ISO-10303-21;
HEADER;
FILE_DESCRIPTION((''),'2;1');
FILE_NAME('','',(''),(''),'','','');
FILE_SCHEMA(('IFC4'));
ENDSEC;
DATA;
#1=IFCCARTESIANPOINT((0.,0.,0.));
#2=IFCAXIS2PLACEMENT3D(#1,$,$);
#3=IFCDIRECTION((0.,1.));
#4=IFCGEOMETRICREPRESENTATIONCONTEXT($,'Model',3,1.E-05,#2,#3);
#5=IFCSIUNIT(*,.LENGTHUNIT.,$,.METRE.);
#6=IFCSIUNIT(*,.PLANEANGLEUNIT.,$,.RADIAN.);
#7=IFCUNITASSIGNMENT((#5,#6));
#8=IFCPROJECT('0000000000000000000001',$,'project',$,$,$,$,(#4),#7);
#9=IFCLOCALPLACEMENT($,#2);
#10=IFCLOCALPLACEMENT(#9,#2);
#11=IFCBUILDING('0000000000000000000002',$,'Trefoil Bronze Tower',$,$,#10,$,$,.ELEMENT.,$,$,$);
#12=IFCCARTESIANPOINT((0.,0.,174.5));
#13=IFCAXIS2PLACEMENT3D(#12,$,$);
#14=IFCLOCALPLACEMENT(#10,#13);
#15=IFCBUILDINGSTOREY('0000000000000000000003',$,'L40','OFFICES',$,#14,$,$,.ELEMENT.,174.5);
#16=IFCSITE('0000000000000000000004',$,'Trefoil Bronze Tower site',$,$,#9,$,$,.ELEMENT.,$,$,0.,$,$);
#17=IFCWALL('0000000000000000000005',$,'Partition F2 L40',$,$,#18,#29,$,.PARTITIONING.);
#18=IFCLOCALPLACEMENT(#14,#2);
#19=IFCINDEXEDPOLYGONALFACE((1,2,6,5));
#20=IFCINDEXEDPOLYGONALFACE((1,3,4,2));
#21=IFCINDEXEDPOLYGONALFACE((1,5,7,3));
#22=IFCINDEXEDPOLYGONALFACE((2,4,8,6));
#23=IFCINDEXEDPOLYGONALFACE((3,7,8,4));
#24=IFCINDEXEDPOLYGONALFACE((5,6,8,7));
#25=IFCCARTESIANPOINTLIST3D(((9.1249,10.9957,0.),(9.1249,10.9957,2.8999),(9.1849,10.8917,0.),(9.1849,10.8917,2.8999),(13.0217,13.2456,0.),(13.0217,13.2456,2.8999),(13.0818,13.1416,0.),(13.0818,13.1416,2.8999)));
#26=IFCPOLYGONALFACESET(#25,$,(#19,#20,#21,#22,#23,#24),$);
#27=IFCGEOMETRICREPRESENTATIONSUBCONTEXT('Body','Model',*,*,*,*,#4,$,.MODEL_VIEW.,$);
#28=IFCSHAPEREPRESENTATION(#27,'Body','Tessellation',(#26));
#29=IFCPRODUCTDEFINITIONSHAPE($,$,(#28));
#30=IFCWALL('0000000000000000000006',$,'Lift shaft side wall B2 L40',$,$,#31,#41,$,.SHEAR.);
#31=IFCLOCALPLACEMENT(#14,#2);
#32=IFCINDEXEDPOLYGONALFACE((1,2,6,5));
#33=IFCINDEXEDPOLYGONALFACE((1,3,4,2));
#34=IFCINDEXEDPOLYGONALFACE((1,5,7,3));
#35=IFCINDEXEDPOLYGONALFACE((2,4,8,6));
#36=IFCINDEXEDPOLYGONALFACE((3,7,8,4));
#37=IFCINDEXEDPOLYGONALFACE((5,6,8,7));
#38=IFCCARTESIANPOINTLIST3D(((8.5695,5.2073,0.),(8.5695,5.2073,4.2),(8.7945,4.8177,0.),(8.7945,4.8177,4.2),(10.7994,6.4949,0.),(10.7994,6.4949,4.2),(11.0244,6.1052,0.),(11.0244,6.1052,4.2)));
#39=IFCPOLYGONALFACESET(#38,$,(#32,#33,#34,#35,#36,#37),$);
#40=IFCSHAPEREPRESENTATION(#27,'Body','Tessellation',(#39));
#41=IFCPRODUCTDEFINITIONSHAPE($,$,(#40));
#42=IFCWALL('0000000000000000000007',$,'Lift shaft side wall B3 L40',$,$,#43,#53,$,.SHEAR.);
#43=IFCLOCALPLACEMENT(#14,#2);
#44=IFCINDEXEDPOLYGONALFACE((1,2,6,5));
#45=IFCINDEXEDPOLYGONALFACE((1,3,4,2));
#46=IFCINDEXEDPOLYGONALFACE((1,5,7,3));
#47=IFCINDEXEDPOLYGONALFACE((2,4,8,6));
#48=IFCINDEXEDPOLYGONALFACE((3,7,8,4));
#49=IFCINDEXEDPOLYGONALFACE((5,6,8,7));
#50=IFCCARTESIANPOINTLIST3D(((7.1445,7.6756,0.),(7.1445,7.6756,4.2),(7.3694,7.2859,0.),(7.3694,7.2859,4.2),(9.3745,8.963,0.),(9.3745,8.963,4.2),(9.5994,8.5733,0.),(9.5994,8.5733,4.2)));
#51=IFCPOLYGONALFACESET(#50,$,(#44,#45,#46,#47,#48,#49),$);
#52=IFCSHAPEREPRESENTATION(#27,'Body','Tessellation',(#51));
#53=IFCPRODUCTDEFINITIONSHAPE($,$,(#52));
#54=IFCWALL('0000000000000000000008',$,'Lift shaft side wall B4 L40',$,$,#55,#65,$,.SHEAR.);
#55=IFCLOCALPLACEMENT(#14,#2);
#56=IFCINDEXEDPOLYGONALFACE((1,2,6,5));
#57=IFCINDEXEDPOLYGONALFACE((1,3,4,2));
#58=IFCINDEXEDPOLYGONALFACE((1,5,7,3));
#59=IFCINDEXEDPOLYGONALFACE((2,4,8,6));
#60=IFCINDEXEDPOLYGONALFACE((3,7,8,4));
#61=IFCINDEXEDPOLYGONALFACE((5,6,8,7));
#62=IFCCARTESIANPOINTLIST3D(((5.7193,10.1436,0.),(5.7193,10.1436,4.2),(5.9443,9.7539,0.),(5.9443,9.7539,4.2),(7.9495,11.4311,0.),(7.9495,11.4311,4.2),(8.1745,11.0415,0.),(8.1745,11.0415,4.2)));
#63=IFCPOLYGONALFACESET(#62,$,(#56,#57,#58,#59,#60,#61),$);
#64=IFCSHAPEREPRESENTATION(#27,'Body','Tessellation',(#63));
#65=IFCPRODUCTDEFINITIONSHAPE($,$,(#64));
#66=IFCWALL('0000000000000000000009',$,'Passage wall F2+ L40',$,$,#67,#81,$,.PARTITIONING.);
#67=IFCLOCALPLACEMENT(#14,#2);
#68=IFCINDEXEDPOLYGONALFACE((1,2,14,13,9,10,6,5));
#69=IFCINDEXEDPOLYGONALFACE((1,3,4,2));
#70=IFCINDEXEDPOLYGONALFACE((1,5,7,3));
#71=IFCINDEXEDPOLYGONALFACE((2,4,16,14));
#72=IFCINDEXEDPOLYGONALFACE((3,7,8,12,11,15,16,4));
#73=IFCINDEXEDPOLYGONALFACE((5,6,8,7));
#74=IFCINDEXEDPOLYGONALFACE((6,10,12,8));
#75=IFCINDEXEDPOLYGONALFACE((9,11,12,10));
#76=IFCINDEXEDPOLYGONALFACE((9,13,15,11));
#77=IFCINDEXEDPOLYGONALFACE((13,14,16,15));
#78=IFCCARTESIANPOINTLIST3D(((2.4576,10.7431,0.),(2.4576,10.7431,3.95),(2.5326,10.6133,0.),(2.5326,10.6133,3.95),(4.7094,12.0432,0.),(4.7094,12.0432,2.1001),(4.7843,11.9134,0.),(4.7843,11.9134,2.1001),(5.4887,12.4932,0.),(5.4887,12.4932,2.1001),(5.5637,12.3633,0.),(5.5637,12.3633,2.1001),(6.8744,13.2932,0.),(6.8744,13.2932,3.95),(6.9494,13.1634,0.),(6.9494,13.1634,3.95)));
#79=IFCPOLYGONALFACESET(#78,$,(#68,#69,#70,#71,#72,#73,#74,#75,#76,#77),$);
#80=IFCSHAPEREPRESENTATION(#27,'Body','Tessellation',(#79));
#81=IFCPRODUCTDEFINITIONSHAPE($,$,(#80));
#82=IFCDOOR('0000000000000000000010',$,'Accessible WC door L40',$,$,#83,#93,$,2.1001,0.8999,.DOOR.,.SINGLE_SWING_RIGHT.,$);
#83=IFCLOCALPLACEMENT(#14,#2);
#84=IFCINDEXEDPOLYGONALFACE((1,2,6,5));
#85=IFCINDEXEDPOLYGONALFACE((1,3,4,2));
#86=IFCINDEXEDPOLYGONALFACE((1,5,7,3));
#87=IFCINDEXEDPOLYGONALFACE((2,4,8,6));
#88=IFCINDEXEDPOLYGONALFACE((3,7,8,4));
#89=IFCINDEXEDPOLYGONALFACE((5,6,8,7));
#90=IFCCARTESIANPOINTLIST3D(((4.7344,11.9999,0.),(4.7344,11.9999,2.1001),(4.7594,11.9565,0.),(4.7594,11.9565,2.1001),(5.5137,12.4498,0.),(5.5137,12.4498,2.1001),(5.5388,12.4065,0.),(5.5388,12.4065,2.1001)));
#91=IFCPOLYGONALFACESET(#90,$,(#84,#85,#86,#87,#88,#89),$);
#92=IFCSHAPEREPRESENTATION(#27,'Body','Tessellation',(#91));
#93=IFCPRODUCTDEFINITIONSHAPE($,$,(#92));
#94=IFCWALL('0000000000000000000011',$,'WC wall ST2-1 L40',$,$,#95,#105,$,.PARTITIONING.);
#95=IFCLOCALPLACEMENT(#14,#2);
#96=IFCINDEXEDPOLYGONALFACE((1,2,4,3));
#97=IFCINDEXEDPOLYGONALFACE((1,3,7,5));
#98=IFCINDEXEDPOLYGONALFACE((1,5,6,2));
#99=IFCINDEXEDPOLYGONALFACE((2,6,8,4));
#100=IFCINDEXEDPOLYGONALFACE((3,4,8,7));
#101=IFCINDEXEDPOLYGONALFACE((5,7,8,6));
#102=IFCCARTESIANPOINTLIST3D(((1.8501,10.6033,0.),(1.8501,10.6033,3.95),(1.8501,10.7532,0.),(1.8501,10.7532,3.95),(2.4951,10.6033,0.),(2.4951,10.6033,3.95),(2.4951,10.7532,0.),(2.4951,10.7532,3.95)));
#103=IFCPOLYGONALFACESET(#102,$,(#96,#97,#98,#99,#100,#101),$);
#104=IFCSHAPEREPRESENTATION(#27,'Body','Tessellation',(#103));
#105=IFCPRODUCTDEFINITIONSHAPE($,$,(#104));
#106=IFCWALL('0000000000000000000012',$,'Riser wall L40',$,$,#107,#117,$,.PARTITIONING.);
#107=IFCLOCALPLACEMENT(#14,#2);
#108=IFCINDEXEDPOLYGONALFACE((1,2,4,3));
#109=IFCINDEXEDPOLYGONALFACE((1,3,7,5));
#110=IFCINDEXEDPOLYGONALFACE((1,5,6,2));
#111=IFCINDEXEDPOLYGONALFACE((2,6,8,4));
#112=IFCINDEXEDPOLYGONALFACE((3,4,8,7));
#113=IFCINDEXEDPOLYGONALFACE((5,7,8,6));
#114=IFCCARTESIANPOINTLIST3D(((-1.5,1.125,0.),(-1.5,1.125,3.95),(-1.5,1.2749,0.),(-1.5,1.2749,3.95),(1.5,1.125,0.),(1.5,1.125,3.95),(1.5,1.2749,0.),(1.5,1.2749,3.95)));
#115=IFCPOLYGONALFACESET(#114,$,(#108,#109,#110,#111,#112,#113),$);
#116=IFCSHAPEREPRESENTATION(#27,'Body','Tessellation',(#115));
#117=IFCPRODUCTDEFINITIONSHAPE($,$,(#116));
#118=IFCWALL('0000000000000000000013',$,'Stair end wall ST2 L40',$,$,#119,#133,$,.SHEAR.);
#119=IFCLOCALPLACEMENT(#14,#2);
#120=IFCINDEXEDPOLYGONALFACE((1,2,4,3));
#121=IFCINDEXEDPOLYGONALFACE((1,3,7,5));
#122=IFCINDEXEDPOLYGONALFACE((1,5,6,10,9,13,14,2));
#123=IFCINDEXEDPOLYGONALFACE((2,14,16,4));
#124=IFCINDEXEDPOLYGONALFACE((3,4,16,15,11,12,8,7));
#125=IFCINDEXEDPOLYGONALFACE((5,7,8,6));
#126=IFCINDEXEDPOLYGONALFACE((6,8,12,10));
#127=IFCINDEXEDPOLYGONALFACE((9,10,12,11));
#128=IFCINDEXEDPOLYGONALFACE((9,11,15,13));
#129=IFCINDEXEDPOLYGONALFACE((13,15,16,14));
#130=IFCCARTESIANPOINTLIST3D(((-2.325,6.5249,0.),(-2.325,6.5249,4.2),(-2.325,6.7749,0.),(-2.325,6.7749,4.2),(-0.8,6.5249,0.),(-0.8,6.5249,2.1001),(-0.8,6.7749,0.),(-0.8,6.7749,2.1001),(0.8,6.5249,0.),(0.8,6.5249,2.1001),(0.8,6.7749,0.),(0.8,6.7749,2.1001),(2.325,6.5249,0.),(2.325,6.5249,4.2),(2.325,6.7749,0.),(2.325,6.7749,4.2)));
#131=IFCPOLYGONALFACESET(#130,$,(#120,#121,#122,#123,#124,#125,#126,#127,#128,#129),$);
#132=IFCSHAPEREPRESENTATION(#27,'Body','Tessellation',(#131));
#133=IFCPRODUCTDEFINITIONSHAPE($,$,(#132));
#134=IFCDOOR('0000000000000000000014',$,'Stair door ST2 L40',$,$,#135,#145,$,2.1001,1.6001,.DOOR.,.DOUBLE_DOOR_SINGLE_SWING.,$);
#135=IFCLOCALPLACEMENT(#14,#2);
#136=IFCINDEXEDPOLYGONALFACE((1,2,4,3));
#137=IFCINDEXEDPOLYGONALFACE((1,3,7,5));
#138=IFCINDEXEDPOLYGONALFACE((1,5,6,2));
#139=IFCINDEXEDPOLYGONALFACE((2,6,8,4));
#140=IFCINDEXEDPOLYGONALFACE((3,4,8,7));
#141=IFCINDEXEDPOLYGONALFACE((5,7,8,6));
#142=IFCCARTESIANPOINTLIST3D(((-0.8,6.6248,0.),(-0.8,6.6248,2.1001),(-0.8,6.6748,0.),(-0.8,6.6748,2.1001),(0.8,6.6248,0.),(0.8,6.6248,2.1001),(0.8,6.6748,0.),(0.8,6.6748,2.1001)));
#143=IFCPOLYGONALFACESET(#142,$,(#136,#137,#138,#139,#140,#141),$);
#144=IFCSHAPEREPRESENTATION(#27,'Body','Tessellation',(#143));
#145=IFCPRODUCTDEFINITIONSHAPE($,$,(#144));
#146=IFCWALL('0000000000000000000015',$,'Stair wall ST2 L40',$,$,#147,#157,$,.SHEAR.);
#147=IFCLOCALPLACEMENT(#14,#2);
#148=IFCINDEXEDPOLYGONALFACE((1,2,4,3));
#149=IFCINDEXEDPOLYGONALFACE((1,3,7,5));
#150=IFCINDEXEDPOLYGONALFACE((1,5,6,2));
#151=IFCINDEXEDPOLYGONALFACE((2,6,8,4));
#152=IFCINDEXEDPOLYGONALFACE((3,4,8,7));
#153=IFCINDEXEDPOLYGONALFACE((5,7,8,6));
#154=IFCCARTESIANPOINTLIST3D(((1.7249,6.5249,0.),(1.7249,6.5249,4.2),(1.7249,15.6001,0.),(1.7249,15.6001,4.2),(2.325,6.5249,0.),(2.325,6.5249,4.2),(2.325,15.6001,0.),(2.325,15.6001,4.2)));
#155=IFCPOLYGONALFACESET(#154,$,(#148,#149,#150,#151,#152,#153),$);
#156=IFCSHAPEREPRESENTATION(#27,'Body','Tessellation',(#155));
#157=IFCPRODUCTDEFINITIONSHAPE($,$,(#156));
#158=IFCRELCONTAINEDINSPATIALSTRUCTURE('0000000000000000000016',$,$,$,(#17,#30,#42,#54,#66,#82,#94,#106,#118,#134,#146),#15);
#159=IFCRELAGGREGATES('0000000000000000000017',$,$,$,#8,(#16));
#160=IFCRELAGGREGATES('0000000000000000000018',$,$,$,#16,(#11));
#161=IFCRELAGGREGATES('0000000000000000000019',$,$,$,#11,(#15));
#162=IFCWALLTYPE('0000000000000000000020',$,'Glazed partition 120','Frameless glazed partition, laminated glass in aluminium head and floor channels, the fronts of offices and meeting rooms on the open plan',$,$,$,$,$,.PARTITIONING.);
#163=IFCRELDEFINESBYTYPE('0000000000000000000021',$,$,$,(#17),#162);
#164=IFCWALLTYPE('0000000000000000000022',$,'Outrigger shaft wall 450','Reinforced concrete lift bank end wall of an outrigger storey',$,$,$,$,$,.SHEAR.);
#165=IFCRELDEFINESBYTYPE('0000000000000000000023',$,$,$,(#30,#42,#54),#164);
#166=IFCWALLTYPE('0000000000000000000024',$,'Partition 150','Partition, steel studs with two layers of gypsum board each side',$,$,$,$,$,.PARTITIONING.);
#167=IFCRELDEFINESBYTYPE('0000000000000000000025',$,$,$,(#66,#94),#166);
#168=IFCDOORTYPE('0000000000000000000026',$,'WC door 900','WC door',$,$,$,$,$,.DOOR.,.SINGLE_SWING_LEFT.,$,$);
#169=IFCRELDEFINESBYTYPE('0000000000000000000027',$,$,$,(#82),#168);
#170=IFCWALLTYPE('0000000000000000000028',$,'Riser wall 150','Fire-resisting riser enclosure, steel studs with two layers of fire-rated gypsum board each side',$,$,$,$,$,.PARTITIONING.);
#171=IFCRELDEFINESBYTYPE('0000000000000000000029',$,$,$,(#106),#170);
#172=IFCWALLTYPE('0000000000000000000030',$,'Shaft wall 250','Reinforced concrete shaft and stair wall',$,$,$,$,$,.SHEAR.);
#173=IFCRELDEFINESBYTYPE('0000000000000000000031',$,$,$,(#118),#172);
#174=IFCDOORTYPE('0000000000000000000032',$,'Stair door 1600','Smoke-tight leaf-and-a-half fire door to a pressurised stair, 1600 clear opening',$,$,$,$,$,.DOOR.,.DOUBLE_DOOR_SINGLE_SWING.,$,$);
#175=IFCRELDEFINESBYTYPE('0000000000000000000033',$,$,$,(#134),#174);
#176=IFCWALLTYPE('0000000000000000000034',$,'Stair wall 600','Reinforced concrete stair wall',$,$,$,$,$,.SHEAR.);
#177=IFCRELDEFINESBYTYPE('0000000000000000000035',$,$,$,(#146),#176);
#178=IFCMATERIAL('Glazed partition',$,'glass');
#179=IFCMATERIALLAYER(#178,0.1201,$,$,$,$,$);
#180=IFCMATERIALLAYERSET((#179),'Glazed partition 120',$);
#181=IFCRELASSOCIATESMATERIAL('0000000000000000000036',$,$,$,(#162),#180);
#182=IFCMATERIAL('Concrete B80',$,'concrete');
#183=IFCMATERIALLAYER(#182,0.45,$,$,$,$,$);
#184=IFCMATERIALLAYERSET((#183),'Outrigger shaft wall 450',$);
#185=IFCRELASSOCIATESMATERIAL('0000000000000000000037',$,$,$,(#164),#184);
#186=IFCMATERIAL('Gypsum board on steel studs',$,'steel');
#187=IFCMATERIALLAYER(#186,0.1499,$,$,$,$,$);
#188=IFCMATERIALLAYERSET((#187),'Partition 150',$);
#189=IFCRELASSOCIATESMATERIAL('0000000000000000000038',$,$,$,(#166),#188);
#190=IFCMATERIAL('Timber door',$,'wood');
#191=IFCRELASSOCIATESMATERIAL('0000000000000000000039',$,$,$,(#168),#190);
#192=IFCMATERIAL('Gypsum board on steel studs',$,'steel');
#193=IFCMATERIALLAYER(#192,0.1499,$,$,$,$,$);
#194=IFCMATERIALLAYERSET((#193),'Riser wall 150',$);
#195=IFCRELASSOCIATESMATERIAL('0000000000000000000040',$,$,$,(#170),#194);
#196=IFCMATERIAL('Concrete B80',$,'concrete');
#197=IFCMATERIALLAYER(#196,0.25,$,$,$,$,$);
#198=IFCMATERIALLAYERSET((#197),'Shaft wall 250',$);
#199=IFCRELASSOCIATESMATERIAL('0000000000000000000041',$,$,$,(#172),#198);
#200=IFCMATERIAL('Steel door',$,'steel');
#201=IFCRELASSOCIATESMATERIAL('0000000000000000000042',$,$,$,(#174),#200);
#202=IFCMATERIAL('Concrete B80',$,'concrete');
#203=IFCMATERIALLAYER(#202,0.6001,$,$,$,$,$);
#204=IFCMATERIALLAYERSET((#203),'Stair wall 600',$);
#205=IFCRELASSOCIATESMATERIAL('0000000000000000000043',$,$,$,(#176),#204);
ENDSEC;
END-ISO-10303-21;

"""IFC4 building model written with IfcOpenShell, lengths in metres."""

from ifc_helpers import new_model, si_unit, direction, frame, frame_2d, origin, place, context, subcontext, project, spatial, rectangle, extrude, material, layer, layer_set, type_object, element, fill, save


model = new_model("IFC4")

# Units and contexts
model_context = context("Model", 3, precision=1e-05, world=origin(), true_north=direction((0.0, 1.0)))
body_context = subcontext(model_context, "Body", "Model", "MODEL_VIEW")
ifc_project = project(units=[si_unit("LENGTHUNIT", "METRE"), si_unit("PLANEANGLEUNIT", "RADIAN")], contexts=[model_context])

# Site, building, storey
site_placement = place(None, origin())
site = spatial("IfcSite", under=ifc_project, at=site_placement, Name="Trefoil Bronze Tower site", CompositionType="ELEMENT", RefElevation=0.0)
building_placement = place(site_placement, origin())
building = spatial("IfcBuilding", under=site, at=building_placement, Name="Trefoil Bronze Tower", CompositionType="ELEMENT")
storey_placement = place(building_placement, frame((0.0, 0.0, 174.5)))
storey = spatial("IfcBuildingStorey", under=building, at=storey_placement, Name="L40", Description="OFFICES", CompositionType="ELEMENT", Elevation=174.5)

# Walls
ifc_material_1 = material(Name="Glazed partition", Category="glass")
ifc_layer_1 = layer(ifc_material_1, 0.1201)
ifc_layer_set_1 = layer_set([ifc_layer_1], Name="Glazed partition 120")
wall_type_1 = type_object("IfcWallType", Name="Glazed partition 120", Description="Frameless glazed partition, laminated glass in aluminium head and floor channels, the fronts of offices and meeting rooms on the open plan", PredefinedType="PARTITIONING", material=ifc_layer_set_1)
wall_1_placement = place(storey_placement, frame((9.1548, 10.9436, 0.0), z_axis=(0.0, 0.0, 1.0), x_axis=(0.866018, 0.500014, 0.0)))
element("IfcWall", 1, at=wall_1_placement, inside=storey, type_object=wall_type_1, Name="Partition F2 L40", PredefinedType="PARTITIONING", context=body_context, shape_type="SweptSolid", body=[
    extrude(rectangle(XDim=4.4998, YDim=0.1201, at=frame_2d((2.25, 0.0))), origin(), (0.0, 0.0, 1.0), 2.8999),
])
ifc_material_2 = material(Name="Concrete B80", Category="concrete")
ifc_layer_2 = layer(ifc_material_2, 0.45)
ifc_layer_set_2 = layer_set([ifc_layer_2], Name="Outrigger shaft wall 450")
wall_type_2 = type_object("IfcWallType", Name="Outrigger shaft wall 450", Description="Reinforced concrete lift bank end wall of an outrigger storey", PredefinedType="SHEAR", material=ifc_layer_set_2)
for number, where, z_axis, x_axis, name in (
    (2, (8.6819, 5.0125, 0.0), (0.0, 0.0, 1.0), (0.866006, 0.500034, 0.0), "Lift shaft side wall B2 L40"),
    (3, (7.2568, 7.4807, 0.0), (0.0, 0.0, 1.0), (0.866047, 0.499963, 0.0), "Lift shaft side wall B3 L40"),
):
    element("IfcWall", number, at=place(storey_placement, frame(where, z_axis=z_axis, x_axis=x_axis)), inside=storey, type_object=wall_type_2, Name=name, PredefinedType="SHEAR", context=body_context, shape_type="SweptSolid", body=[
        extrude(rectangle(XDim=2.575, YDim=0.45, at=frame_2d((1.2876, 0.0))), origin(), (0.0, 0.0, 1.0), 4.2),
    ])
wall_2_placement = place(storey_placement, frame((5.8318, 9.9487, 0.0), z_axis=(0.0, 0.0, 1.0), x_axis=(0.866029, 0.499993, 0.0)))
element("IfcWall", 4, at=wall_2_placement, inside=storey, type_object=wall_type_2, Name="Lift shaft side wall B4 L40", PredefinedType="SHEAR", context=body_context, shape_type="SweptSolid", body=[
    extrude(rectangle(XDim=2.5752, YDim=0.45, at=frame_2d((1.2876, 0.0))), origin(), (0.0, 0.0, 1.0), 4.2),
])

# Wall, opening, door
ifc_material_3 = material(Name="Gypsum board on steel studs", Category="steel")
ifc_layer_3 = layer(ifc_material_3, 0.1499)
ifc_layer_set_3 = layer_set([ifc_layer_3], Name="Partition 150")
wall_type_3 = type_object("IfcWallType", Name="Partition 150", Description="Partition, steel studs with two layers of gypsum board each side", PredefinedType="PARTITIONING", material=ifc_layer_set_3)
wall_3_placement = place(storey_placement, frame((2.4951, 10.6782, 0.0), z_axis=(0.0, 0.0, 1.0), x_axis=(0.866022, 0.500006, 0.0)))
wall_3 = element("IfcWall", 5, at=wall_3_placement, inside=storey, type_object=wall_type_3, Name="Passage wall F2+ L40", PredefinedType="PARTITIONING", context=body_context, shape_type="SweptSolid", body=[
    extrude(rectangle(XDim=5.1001, YDim=0.1499, at=frame_2d((2.55, 0.0))), origin(), (0.0, 0.0, 1.0), 3.95),
])
opening_1_placement = place(wall_3_placement, frame((2.6001, 0.0, 0.0)))
opening_1 = element("IfcOpeningElement", 6, at=opening_1_placement, cuts=wall_3, PredefinedType="OPENING", context=body_context, shape_type="SweptSolid", body=[
    extrude(rectangle(XDim=0.8999, YDim=2.1001, at=frame_2d((0.45, 1.05))), frame((0.0, 0.085, 0.0), z_axis=(0.0, -1.0, 0.0), x_axis=(1.0, 0.0, 0.0)), (0.0, 0.0, 1.0), 0.1699),
])
ifc_material_4 = material(Name="Timber door", Category="wood")
door_type_1 = type_object("IfcDoorType", Name="WC door 900", Description="WC door", OperationType="SINGLE_SWING_LEFT", PredefinedType="DOOR", material=ifc_material_4)
door_1_placement = place(opening_1_placement, origin())
door_1 = element("IfcDoor", 7, at=door_1_placement, inside=storey, type_object=door_type_1, Name="Accessible WC door L40", OperationType="SINGLE_SWING_RIGHT", OverallHeight=2.1001, OverallWidth=0.8999, PredefinedType="DOOR", context=body_context, shape_type="SweptSolid", body=[
    extrude(rectangle(XDim=0.8999, YDim=2.1001, at=frame_2d((0.45, 1.05))), frame((0.0, 0.0249, 0.0), z_axis=(0.0, -1.0, 0.0), x_axis=(1.0, 0.0, 0.0)), (0.0, 0.0, 1.0), 0.05),
])
fill(opening_1, door_1)

# Walls
wall_4_placement = place(storey_placement, frame((2.4951, 10.6782, 0.0), z_axis=(0.0, 0.0, 1.0), x_axis=(-1.0, 0.0, 0.0)))
element("IfcWall", 8, at=wall_4_placement, inside=storey, type_object=wall_type_3, Name="WC wall ST2-1 L40", PredefinedType="PARTITIONING", context=body_context, shape_type="SweptSolid", body=[
    extrude(rectangle(XDim=0.645, YDim=0.1499, at=frame_2d((0.3225, 0.0))), origin(), (0.0, 0.0, 1.0), 3.95),
])
ifc_material_5 = material(Name="Gypsum board on steel studs", Category="steel")
ifc_layer_4 = layer(ifc_material_5, 0.1499)
ifc_layer_set_4 = layer_set([ifc_layer_4], Name="Riser wall 150")
wall_type_4 = type_object("IfcWallType", Name="Riser wall 150", Description="Fire-resisting riser enclosure, steel studs with two layers of fire-rated gypsum board each side", PredefinedType="PARTITIONING", material=ifc_layer_set_4)
wall_5_placement = place(storey_placement, frame((1.5, 1.2, 0.0), z_axis=(0.0, 0.0, 1.0), x_axis=(-1.0, 0.0, 0.0)))
element("IfcWall", 9, at=wall_5_placement, inside=storey, type_object=wall_type_4, Name="Riser wall L40", PredefinedType="PARTITIONING", context=body_context, shape_type="SweptSolid", body=[
    extrude(rectangle(XDim=3.0, YDim=0.1499, at=frame_2d((1.5, 0.0))), origin(), (0.0, 0.0, 1.0), 3.95),
])

# Wall, opening, door
ifc_material_6 = material(Name="Concrete B80", Category="concrete")
ifc_layer_5 = layer(ifc_material_6, 0.25)
ifc_layer_set_5 = layer_set([ifc_layer_5], Name="Shaft wall 250")
wall_type_5 = type_object("IfcWallType", Name="Shaft wall 250", Description="Reinforced concrete shaft and stair wall", PredefinedType="SHEAR", material=ifc_layer_set_5)
wall_6_placement = place(storey_placement, frame((2.325, 6.6499, 0.0), z_axis=(0.0, 0.0, 1.0), x_axis=(-1.0, 0.0, 0.0)))
wall_6 = element("IfcWall", 10, at=wall_6_placement, inside=storey, type_object=wall_type_5, Name="Stair end wall ST2 L40", PredefinedType="SHEAR", context=body_context, shape_type="SweptSolid", body=[
    extrude(rectangle(XDim=4.6499, YDim=0.25, at=frame_2d((2.325, 0.0))), origin(), (0.0, 0.0, 1.0), 4.2),
])
opening_2_placement = place(wall_6_placement, frame((1.5249, 0.0, 0.0)))
opening_2 = element("IfcOpeningElement", 11, at=opening_2_placement, cuts=wall_6, PredefinedType="OPENING", context=body_context, shape_type="SweptSolid", body=[
    extrude(rectangle(XDim=1.6001, YDim=2.1001, at=frame_2d((0.8, 1.05))), frame((0.0, 0.135, 0.0), z_axis=(0.0, -1.0, 0.0), x_axis=(1.0, 0.0, 0.0)), (0.0, 0.0, 1.0), 0.27),
])
ifc_material_7 = material(Name="Steel door", Category="steel")
door_type_2 = type_object("IfcDoorType", Name="Stair door 1600", Description="Smoke-tight leaf-and-a-half fire door to a pressurised stair, 1600 clear opening", OperationType="DOUBLE_DOOR_SINGLE_SWING", PredefinedType="DOOR", material=ifc_material_7)
door_2_placement = place(opening_2_placement, frame((1.6001, 0.0, 0.0), z_axis=(0.0, 0.0, 1.0), x_axis=(-1.0, 0.0, 0.0)))
door_2 = element("IfcDoor", 12, at=door_2_placement, inside=storey, type_object=door_type_2, Name="Stair door ST2 L40", OperationType="DOUBLE_DOOR_SINGLE_SWING", OverallHeight=2.1001, OverallWidth=1.6001, PredefinedType="DOOR", context=body_context, shape_type="SweptSolid", body=[
    extrude(rectangle(XDim=1.6001, YDim=2.1001, at=frame_2d((0.8, 1.05))), frame((0.0, 0.0249, 0.0), z_axis=(0.0, -1.0, 0.0), x_axis=(1.0, 0.0, 0.0)), (0.0, 0.0, 1.0), 0.05),
])
fill(opening_2, door_2)

# Wall
ifc_material_8 = material(Name="Concrete B80", Category="concrete")
ifc_layer_6 = layer(ifc_material_8, 0.6001)
ifc_layer_set_6 = layer_set([ifc_layer_6], Name="Stair wall 600")
wall_type_6 = type_object("IfcWallType", Name="Stair wall 600", Description="Reinforced concrete stair wall", PredefinedType="SHEAR", material=ifc_layer_set_6)
wall_7_placement = place(storey_placement, frame((2.0249, 6.5249, 0.0), z_axis=(0.0, 0.0, 1.0), x_axis=(0.0, 1.0, 0.0)))
element("IfcWall", 13, at=wall_7_placement, inside=storey, type_object=wall_type_6, Name="Stair wall ST2 L40", PredefinedType="SHEAR", context=body_context, shape_type="SweptSolid", body=[
    extrude(rectangle(XDim=9.0752, YDim=0.6001, at=frame_2d((4.5376, 0.0))), origin(), (0.0, 0.0, 1.0), 4.2),
])

save(model, "model.ifc")
